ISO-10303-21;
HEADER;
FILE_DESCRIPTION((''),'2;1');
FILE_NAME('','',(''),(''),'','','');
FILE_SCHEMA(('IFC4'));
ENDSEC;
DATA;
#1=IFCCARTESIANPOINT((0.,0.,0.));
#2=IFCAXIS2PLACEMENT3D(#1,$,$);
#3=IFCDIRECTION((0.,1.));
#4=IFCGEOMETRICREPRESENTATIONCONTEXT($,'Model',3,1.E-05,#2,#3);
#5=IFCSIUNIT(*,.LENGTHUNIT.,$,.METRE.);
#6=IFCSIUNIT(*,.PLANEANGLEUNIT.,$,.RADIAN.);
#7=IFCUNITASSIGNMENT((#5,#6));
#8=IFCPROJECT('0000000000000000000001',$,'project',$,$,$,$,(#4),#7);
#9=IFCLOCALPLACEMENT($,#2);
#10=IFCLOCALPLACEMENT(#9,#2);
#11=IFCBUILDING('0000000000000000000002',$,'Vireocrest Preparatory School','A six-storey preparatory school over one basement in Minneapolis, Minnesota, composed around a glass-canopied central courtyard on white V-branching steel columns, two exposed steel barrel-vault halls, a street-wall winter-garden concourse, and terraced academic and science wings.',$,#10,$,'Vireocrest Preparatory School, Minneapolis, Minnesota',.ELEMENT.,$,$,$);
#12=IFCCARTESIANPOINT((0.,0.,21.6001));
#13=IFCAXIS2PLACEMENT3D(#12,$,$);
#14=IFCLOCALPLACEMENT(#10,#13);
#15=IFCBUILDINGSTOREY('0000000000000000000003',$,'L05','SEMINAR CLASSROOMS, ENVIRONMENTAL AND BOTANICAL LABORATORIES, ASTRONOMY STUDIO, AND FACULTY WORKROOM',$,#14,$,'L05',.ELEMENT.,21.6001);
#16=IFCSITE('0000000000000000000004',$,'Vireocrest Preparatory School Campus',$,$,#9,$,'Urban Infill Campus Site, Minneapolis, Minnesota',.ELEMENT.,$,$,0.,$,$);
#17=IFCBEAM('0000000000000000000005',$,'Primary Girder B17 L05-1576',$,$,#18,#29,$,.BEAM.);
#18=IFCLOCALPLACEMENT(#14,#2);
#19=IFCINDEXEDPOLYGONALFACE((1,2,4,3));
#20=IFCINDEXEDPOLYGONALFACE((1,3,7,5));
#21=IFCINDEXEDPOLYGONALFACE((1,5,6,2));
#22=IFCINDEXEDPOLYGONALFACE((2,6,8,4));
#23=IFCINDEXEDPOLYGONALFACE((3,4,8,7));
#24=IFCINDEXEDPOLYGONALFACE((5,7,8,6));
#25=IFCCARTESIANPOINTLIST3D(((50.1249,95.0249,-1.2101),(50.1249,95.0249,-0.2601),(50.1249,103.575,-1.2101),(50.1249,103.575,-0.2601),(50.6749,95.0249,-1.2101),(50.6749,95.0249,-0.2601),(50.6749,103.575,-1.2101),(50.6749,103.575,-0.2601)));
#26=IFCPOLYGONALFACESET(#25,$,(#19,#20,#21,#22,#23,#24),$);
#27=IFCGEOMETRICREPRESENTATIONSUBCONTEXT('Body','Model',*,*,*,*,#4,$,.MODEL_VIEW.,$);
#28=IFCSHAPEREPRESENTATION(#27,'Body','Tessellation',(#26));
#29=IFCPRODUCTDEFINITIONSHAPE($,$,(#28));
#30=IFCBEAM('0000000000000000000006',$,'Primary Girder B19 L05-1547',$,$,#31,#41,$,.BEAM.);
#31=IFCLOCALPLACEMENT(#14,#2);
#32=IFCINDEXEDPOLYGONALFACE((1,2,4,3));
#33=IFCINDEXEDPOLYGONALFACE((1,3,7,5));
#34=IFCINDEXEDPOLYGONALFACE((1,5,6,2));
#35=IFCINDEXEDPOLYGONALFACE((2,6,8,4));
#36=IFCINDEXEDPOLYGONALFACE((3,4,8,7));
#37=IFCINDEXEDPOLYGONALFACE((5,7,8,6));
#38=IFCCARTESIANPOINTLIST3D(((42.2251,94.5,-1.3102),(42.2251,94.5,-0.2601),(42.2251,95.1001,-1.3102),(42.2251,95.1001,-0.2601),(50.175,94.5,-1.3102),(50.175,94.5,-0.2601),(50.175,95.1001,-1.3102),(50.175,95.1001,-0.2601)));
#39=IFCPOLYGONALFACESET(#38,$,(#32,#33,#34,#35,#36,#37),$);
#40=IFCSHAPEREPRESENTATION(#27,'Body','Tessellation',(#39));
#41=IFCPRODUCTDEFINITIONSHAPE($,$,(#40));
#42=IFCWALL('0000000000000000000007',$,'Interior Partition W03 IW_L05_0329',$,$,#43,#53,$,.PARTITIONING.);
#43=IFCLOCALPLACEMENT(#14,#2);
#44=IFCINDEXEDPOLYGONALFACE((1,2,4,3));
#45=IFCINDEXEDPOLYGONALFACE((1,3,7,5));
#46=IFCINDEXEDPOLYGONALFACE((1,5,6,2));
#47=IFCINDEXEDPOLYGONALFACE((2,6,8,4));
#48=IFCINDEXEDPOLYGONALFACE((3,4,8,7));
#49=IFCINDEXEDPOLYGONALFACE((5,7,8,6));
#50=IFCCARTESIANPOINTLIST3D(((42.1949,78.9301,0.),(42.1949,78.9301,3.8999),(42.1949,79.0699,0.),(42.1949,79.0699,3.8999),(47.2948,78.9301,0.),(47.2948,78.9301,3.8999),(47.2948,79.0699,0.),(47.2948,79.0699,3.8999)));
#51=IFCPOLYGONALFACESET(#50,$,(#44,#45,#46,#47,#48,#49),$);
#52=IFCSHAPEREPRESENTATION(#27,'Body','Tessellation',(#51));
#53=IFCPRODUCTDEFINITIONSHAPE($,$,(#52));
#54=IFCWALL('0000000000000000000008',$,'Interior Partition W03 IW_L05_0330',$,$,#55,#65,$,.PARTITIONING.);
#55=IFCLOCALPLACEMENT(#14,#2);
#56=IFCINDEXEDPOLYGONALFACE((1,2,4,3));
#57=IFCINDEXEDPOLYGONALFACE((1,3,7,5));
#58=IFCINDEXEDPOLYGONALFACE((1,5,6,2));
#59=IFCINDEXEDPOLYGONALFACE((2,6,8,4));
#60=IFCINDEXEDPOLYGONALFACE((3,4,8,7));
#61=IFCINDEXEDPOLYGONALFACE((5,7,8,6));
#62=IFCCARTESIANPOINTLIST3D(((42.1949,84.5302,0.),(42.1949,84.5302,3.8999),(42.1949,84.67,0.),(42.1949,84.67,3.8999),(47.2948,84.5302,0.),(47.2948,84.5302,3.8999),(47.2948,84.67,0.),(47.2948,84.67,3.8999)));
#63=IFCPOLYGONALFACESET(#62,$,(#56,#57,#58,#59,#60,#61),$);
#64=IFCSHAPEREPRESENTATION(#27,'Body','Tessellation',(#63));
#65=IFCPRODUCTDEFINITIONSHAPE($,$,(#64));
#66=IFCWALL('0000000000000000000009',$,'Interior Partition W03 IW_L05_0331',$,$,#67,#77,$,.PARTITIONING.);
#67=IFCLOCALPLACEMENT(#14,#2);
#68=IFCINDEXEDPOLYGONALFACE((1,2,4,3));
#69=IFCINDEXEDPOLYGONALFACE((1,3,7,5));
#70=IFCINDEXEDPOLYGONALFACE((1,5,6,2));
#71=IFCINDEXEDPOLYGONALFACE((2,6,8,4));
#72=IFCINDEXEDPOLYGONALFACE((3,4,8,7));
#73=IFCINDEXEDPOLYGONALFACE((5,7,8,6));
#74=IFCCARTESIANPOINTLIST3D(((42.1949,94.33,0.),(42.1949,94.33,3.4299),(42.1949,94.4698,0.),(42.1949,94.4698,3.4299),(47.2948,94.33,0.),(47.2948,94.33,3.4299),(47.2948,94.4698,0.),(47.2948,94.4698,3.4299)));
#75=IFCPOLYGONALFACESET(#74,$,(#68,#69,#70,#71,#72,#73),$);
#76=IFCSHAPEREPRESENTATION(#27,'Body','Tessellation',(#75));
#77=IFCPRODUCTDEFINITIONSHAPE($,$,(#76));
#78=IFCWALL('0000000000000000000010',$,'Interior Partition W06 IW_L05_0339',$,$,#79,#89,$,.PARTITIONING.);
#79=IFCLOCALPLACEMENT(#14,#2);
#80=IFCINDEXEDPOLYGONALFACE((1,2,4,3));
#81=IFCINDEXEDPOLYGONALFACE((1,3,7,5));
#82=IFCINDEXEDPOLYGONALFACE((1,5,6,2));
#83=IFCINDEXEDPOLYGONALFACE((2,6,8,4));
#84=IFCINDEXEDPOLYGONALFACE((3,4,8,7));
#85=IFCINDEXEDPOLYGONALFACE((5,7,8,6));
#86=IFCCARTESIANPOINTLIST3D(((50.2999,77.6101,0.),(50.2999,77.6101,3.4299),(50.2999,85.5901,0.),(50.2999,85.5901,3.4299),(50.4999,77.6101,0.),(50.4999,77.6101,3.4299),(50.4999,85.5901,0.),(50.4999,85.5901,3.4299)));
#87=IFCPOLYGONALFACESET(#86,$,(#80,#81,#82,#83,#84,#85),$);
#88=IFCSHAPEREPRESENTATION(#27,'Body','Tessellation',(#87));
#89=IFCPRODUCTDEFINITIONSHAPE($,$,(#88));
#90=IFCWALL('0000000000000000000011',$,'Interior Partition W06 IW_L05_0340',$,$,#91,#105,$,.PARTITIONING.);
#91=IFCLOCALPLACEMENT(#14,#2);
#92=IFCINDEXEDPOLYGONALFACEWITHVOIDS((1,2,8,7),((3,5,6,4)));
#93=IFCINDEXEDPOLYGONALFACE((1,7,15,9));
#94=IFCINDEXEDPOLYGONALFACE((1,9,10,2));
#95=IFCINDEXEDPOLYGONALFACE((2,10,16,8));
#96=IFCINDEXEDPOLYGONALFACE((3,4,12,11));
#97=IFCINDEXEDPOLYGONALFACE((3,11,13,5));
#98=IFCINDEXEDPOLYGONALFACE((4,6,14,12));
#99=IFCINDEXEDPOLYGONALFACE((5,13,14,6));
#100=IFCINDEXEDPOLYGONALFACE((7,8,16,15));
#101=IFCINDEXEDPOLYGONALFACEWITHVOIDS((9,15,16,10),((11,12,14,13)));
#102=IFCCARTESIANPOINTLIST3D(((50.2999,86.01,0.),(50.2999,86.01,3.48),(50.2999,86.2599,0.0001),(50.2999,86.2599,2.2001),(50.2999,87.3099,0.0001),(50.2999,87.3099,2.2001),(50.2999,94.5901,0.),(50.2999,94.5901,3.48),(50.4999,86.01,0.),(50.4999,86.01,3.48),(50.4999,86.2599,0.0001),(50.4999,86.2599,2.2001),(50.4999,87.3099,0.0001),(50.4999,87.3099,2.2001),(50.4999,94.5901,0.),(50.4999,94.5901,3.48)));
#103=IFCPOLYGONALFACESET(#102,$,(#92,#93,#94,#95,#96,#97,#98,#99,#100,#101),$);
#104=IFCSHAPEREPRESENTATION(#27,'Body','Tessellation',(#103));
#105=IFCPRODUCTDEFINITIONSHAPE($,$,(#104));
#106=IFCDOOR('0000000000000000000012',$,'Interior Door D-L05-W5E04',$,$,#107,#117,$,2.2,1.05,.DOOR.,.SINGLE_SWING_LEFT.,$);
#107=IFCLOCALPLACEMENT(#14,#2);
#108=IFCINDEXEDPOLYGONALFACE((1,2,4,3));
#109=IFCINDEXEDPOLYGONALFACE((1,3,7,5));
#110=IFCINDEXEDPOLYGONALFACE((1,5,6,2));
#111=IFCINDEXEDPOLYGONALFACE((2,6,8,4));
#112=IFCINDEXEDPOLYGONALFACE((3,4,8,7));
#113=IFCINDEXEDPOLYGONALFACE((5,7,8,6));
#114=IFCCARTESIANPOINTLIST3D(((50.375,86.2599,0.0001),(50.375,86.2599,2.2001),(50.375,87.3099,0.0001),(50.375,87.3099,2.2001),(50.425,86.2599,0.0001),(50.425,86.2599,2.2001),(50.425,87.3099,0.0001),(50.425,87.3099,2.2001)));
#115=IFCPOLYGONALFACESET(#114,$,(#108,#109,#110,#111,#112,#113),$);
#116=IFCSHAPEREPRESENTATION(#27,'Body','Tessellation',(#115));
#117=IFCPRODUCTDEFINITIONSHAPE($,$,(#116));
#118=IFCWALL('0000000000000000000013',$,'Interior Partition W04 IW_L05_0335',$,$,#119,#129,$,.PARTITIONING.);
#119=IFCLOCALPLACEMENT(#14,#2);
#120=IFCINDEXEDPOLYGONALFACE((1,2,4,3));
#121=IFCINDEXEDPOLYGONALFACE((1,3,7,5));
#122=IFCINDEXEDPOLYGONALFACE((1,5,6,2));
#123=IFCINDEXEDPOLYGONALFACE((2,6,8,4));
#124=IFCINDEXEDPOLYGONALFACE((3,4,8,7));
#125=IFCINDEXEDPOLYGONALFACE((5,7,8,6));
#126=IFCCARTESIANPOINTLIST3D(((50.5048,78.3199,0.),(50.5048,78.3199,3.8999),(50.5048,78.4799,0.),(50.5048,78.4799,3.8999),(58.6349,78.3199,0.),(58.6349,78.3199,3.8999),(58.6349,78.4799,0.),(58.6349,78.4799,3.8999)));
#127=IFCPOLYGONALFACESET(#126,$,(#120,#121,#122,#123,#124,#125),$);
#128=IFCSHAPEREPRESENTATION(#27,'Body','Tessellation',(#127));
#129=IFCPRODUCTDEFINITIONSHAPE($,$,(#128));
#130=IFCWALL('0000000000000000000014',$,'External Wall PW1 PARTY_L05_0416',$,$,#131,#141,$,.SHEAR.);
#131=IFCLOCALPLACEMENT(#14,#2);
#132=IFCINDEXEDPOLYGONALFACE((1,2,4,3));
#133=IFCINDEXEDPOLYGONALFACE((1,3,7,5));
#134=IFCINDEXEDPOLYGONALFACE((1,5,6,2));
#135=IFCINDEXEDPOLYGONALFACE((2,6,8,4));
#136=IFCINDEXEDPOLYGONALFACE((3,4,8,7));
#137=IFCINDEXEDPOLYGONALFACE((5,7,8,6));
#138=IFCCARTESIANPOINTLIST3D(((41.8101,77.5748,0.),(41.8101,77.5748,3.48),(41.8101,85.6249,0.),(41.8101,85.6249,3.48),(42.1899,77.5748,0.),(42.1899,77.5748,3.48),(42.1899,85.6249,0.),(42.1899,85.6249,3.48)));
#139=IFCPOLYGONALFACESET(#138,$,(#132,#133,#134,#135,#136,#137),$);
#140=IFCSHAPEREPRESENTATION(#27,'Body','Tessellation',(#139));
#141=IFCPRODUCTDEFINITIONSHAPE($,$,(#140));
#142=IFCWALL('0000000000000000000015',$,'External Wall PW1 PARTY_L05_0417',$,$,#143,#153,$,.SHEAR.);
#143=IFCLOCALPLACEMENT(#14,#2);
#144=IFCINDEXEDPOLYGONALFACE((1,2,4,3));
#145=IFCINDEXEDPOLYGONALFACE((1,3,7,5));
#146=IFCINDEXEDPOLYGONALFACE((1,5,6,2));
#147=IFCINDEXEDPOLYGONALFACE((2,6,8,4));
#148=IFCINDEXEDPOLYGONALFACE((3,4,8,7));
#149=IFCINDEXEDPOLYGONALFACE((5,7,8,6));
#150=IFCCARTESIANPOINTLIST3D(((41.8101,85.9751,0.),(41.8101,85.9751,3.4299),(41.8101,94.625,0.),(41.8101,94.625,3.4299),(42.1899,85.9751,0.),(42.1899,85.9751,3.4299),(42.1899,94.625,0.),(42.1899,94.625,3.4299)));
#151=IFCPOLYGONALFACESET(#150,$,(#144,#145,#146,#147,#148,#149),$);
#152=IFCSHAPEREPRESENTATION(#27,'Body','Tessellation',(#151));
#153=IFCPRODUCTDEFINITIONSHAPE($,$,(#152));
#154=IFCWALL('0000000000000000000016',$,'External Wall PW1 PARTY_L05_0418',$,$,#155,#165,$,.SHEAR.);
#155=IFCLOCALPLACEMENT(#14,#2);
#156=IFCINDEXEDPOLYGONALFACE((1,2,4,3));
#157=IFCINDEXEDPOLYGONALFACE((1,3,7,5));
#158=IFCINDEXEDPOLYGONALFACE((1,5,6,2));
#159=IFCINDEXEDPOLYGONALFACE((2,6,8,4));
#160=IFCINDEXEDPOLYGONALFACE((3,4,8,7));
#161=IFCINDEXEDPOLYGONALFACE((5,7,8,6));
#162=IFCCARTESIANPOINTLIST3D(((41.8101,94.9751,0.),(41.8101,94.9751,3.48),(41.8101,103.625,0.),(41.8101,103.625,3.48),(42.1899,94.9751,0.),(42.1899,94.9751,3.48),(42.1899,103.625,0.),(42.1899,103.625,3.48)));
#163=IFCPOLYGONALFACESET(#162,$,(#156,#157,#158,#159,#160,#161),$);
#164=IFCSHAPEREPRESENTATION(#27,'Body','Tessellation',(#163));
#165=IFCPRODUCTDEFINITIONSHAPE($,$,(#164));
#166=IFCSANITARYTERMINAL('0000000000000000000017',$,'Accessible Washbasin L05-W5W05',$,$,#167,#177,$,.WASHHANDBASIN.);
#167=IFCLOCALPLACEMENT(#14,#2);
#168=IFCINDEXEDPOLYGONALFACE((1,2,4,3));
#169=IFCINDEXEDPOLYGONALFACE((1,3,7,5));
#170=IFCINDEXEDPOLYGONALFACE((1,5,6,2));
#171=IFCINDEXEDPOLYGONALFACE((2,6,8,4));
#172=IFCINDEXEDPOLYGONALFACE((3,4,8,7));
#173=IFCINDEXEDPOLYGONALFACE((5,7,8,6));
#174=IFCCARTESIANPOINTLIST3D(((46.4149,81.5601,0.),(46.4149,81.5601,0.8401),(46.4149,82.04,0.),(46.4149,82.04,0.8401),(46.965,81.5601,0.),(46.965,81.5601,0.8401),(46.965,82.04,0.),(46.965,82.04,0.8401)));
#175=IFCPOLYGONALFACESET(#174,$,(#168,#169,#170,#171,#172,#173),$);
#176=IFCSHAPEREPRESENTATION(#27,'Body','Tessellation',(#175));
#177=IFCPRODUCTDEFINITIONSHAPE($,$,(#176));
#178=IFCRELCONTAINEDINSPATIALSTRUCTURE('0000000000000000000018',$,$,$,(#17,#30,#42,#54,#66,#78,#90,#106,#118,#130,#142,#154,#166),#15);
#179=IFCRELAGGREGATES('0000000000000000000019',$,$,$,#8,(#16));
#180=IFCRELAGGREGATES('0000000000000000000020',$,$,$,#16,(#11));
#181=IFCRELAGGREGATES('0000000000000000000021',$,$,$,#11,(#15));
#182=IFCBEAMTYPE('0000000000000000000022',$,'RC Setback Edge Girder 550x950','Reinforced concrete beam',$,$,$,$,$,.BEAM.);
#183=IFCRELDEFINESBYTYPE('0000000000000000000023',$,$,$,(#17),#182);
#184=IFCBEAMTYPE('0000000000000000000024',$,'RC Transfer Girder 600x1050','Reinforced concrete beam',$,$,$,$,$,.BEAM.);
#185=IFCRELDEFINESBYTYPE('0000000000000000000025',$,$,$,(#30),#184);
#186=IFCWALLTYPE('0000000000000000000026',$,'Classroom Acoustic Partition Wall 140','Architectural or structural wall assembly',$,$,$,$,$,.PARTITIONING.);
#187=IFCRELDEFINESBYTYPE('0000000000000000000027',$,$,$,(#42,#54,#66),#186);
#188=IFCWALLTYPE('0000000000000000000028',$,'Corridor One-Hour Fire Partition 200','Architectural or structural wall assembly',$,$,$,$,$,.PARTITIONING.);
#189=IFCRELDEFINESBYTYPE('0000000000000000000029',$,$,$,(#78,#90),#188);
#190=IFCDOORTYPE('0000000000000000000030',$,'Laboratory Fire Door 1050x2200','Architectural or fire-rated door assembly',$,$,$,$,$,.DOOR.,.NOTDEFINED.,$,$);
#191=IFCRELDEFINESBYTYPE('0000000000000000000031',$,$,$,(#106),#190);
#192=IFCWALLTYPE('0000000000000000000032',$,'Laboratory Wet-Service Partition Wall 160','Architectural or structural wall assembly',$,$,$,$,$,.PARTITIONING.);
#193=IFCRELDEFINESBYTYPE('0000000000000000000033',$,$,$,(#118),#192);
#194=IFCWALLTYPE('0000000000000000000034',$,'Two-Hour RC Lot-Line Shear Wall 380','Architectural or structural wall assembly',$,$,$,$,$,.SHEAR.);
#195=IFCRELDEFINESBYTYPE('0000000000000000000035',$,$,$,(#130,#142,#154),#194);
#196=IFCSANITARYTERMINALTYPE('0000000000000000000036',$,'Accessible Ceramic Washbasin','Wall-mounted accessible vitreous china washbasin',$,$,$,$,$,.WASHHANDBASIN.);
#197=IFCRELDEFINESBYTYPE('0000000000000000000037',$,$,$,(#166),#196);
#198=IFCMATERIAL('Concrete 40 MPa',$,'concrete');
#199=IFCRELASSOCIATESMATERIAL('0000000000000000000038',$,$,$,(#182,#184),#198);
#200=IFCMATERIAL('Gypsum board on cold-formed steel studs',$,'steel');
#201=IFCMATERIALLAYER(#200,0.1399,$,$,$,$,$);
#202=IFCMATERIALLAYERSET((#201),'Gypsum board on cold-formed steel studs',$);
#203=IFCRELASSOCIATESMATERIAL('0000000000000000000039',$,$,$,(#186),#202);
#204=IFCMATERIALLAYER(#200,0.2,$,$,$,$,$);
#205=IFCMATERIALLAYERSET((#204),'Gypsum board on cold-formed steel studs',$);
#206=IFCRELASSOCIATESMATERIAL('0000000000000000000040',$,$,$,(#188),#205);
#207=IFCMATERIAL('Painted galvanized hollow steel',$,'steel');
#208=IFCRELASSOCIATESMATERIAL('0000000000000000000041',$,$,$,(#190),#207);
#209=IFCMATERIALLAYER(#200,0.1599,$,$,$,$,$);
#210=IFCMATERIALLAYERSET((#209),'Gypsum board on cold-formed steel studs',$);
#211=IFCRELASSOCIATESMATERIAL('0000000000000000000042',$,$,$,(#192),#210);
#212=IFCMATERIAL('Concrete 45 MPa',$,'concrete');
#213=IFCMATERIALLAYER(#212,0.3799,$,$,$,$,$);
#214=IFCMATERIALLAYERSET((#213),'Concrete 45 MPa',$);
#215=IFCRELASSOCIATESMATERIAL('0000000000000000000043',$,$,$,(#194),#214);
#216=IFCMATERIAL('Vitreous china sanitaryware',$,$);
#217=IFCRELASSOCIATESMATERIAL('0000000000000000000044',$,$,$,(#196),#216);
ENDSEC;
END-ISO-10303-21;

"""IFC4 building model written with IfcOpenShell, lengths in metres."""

from ifc_helpers import new_model, si_unit, direction, frame, frame_2d, origin, origin_2d, place, context, subcontext, project, spatial, rectangle, extrude, material, layer, layer_set, material_profile, profile_set, type_object, element, fill, save


model = new_model("IFC4")

# Units and contexts
model_context = context("Model", 3, precision=1e-05, world=origin(), true_north=direction((0.0, 1.0)))
body_context = subcontext(model_context, "Body", "Model", "MODEL_VIEW")
ifc_project = project(units=[si_unit("LENGTHUNIT", "METRE"), si_unit("PLANEANGLEUNIT", "RADIAN")], contexts=[model_context])

# Site, building, storey
site_placement = place(None, origin())
site = spatial("IfcSite", under=ifc_project, at=site_placement, Name="Vireocrest Preparatory School Campus", LongName="Urban Infill Campus Site, Minneapolis, Minnesota", CompositionType="ELEMENT", RefElevation=0.0)
building_placement = place(site_placement, origin())
building = spatial("IfcBuilding", under=site, at=building_placement, Name="Vireocrest Preparatory School", Description="A six-storey preparatory school over one basement in Minneapolis, Minnesota, composed around a glass-canopied central courtyard on white V-branching steel columns, two exposed steel barrel-vault halls, a street-wall winter-garden concourse, and terraced academic and science wings.", LongName="Vireocrest Preparatory School, Minneapolis, Minnesota", CompositionType="ELEMENT")
storey_placement = place(building_placement, frame((0.0, 0.0, 21.6001)))
storey = spatial("IfcBuildingStorey", under=building, at=storey_placement, Name="L05", Description="SEMINAR CLASSROOMS, ENVIRONMENTAL AND BOTANICAL LABORATORIES, ASTRONOMY STUDIO, AND FACULTY WORKROOM", LongName="L05", CompositionType="ELEMENT", Elevation=21.6001)

# Shared definitions
ifc_material_1 = material(Name="Concrete 45 MPa", Category="concrete")

# Beams
ifc_material_2 = material(Name="Concrete 40 MPa", Category="concrete")
ifc_material_profile_1 = material_profile(ifc_material_2, rectangle(XDim=0.55, YDim=0.95, at=origin_2d()), Name="RC 550x950")
ifc_profile_set_1 = profile_set([ifc_material_profile_1], Name="Concrete 40 MPa")
beam_type_1 = type_object("IfcBeamType", Name="RC Setback Edge Girder 550x950", Description="Reinforced concrete beam", PredefinedType="BEAM", material=ifc_profile_set_1)
beam_1_placement = place(storey_placement, frame((50.3999, 95.0249, -0.7351), z_axis=(0.0, 1.0, 0.0), x_axis=(-1.0, 0.0, 0.0)))
element("IfcBeam", 1, at=beam_1_placement, inside=storey, type_object=beam_type_1, Name="Primary Girder B17 L05-1576", PredefinedType="BEAM", context=body_context, shape_type="SweptSolid", body=[
    extrude(rectangle(XDim=0.55, YDim=0.95, at=origin_2d()), origin(), (0.0, 0.0, 1.0), 8.55),
])
ifc_material_profile_2 = material_profile(ifc_material_2, rectangle(XDim=0.6001, YDim=1.05, at=origin_2d()), Name="RC 600x1050")
ifc_profile_set_2 = profile_set([ifc_material_profile_2], Name="Concrete 40 MPa")
beam_type_2 = type_object("IfcBeamType", Name="RC Transfer Girder 600x1050", Description="Reinforced concrete beam", PredefinedType="BEAM", material=ifc_profile_set_2)
beam_2_placement = place(storey_placement, frame((42.2251, 94.8, -0.7852), z_axis=(1.0, 0.0, 0.0), x_axis=(0.0, 1.0, 0.0)))
element("IfcBeam", 2, at=beam_2_placement, inside=storey, type_object=beam_type_2, Name="Primary Girder B19 L05-1547", PredefinedType="BEAM", context=body_context, shape_type="SweptSolid", body=[
    extrude(rectangle(XDim=0.6001, YDim=1.05, at=origin_2d()), origin(), (0.0, 0.0, 1.0), 7.95),
])

# Walls
ifc_material_3 = material(Name="Gypsum board on cold-formed steel studs", Category="steel")
ifc_layer_1 = layer(ifc_material_3, 0.1399)
ifc_layer_set_1 = layer_set([ifc_layer_1], Name="Gypsum board on cold-formed steel studs")
wall_type_1 = type_object("IfcWallType", Name="Classroom Acoustic Partition Wall 140", Description="Architectural or structural wall assembly", PredefinedType="PARTITIONING", material=ifc_layer_set_1)
for number, where, z_axis, x_axis, name in (
    (3, (42.1951, 79.0, 0.0), (0.0, 0.0, 1.0), (1.0, 0.0, 0.0), "Interior Partition W03 IW_L05_0329"),
    (4, (42.1951, 84.6001, 0.0), (0.0, 0.0, 1.0), (1.0, 0.0, 0.0), "Interior Partition W03 IW_L05_0330"),
):
    element("IfcWall", number, at=place(storey_placement, frame(where, z_axis=z_axis, x_axis=x_axis)), inside=storey, type_object=wall_type_1, Name=name, PredefinedType="PARTITIONING", context=body_context, shape_type="SweptSolid", body=[
        extrude(rectangle(XDim=5.0999, YDim=0.1399, at=frame_2d((2.5498, 0.0))), origin(), (0.0, 0.0, 1.0), 3.8999),
    ])
wall_1_placement = place(storey_placement, frame((42.1951, 94.3999, 0.0), z_axis=(0.0, 0.0, 1.0), x_axis=(1.0, 0.0, 0.0)))
element("IfcWall", 5, at=wall_1_placement, inside=storey, type_object=wall_type_1, Name="Interior Partition W03 IW_L05_0331", PredefinedType="PARTITIONING", context=body_context, shape_type="SweptSolid", body=[
    extrude(rectangle(XDim=5.0999, YDim=0.1399, at=frame_2d((2.5498, 0.0))), origin(), (0.0, 0.0, 1.0), 3.4299),
])
ifc_layer_2 = layer(ifc_material_3, 0.2)
ifc_layer_set_2 = layer_set([ifc_layer_2], Name="Gypsum board on cold-formed steel studs")
wall_type_2 = type_object("IfcWallType", Name="Corridor One-Hour Fire Partition 200", Description="Architectural or structural wall assembly", PredefinedType="PARTITIONING", material=ifc_layer_set_2)
wall_2_placement = place(storey_placement, frame((50.3999, 77.6101, 0.0), z_axis=(0.0, 0.0, 1.0), x_axis=(0.0, 1.0, 0.0)))
element("IfcWall", 6, at=wall_2_placement, inside=storey, type_object=wall_type_2, Name="Interior Partition W06 IW_L05_0339", PredefinedType="PARTITIONING", context=body_context, shape_type="SweptSolid", body=[
    extrude(rectangle(XDim=7.98, YDim=0.2, at=frame_2d((3.99, 0.0))), origin(), (0.0, 0.0, 1.0), 3.4299),
])

# Wall, opening, door
wall_3_placement = place(storey_placement, frame((50.3999, 86.01, 0.0), z_axis=(0.0, 0.0, 1.0), x_axis=(0.0, 1.0, 0.0)))
wall_3 = element("IfcWall", 7, at=wall_3_placement, inside=storey, type_object=wall_type_2, Name="Interior Partition W06 IW_L05_0340", PredefinedType="PARTITIONING", context=body_context, shape_type="SweptSolid", body=[
    extrude(rectangle(XDim=8.5801, YDim=0.2, at=frame_2d((4.29, 0.0))), origin(), (0.0, 0.0, 1.0), 3.48),
])
opening_placement = place(wall_3_placement, frame((0.25, 0.0, 0.0)))
opening = element("IfcOpeningElement", 8, at=opening_placement, cuts=wall_3, PredefinedType="OPENING", context=body_context, shape_type="SweptSolid", body=[
    extrude(rectangle(XDim=1.05, YDim=2.2, at=frame_2d((0.5249, 1.1001))), frame((0.0, 0.1099, 0.0), z_axis=(0.0, -1.0, 0.0), x_axis=(1.0, 0.0, 0.0)), (0.0, 0.0, 1.0), 0.22),
])
ifc_material_4 = material(Name="Painted galvanized hollow steel", Category="steel")
door_type = type_object("IfcDoorType", Name="Laboratory Fire Door 1050x2200", Description="Architectural or fire-rated door assembly", OperationType="NOTDEFINED", PredefinedType="DOOR", material=ifc_material_4)
door_placement = place(opening_placement, origin())
door = element("IfcDoor", 9, at=door_placement, inside=storey, type_object=door_type, Name="Interior Door D-L05-W5E04", OperationType="SINGLE_SWING_LEFT", OverallHeight=2.2, OverallWidth=1.05, PredefinedType="DOOR", context=body_context, shape_type="SweptSolid", body=[
    extrude(rectangle(XDim=1.05, YDim=2.2, at=frame_2d((0.5249, 1.1001))), frame((0.0, 0.0249, 0.0), z_axis=(0.0, -1.0, 0.0), x_axis=(1.0, 0.0, 0.0)), (0.0, 0.0, 1.0), 0.05),
])
fill(opening, door)

# Walls
ifc_layer_3 = layer(ifc_material_3, 0.1599)
ifc_layer_set_3 = layer_set([ifc_layer_3], Name="Gypsum board on cold-formed steel studs")
wall_type_3 = type_object("IfcWallType", Name="Laboratory Wet-Service Partition Wall 160", Description="Architectural or structural wall assembly", PredefinedType="PARTITIONING", material=ifc_layer_set_3)
wall_4_placement = place(storey_placement, frame((50.5049, 78.3999, 0.0), z_axis=(0.0, 0.0, 1.0), x_axis=(1.0, 0.0, 0.0)))
element("IfcWall", 10, at=wall_4_placement, inside=storey, type_object=wall_type_3, Name="Interior Partition W04 IW_L05_0335", PredefinedType="PARTITIONING", context=body_context, shape_type="SweptSolid", body=[
    extrude(rectangle(XDim=8.1301, YDim=0.1599, at=frame_2d((4.0649, 0.0))), origin(), (0.0, 0.0, 1.0), 3.8999),
])
ifc_layer_4 = layer(ifc_material_1, 0.3799)
ifc_layer_set_4 = layer_set([ifc_layer_4], Name="Concrete 45 MPa")
wall_type_4 = type_object("IfcWallType", Name="Two-Hour RC Lot-Line Shear Wall 380", Description="Architectural or structural wall assembly", PredefinedType="SHEAR", material=ifc_layer_set_4)
wall_5_placement = place(storey_placement, frame((42.0, 77.575, 0.0), z_axis=(0.0, 0.0, 1.0), x_axis=(0.0, 1.0, 0.0)))
element("IfcWall", 11, at=wall_5_placement, inside=storey, type_object=wall_type_4, Name="External Wall PW1 PARTY_L05_0416", PredefinedType="SHEAR", context=body_context, shape_type="SweptSolid", body=[
    extrude(rectangle(XDim=8.05, YDim=0.3799, at=frame_2d((4.0249, 0.0))), origin(), (0.0, 0.0, 1.0), 3.48),
])
wall_6_placement = place(storey_placement, frame((42.0, 85.9751, 0.0), z_axis=(0.0, 0.0, 1.0), x_axis=(0.0, 1.0, 0.0)))
element("IfcWall", 12, at=wall_6_placement, inside=storey, type_object=wall_type_4, Name="External Wall PW1 PARTY_L05_0417", PredefinedType="SHEAR", context=body_context, shape_type="SweptSolid", body=[
    extrude(rectangle(XDim=8.6499, YDim=0.3799, at=frame_2d((4.325, 0.0))), origin(), (0.0, 0.0, 1.0), 3.4299),
])
wall_7_placement = place(storey_placement, frame((42.0, 94.9751, 0.0), z_axis=(0.0, 0.0, 1.0), x_axis=(0.0, 1.0, 0.0)))
element("IfcWall", 13, at=wall_7_placement, inside=storey, type_object=wall_type_4, Name="External Wall PW1 PARTY_L05_0418", PredefinedType="SHEAR", context=body_context, shape_type="SweptSolid", body=[
    extrude(rectangle(XDim=8.6499, YDim=0.3799, at=frame_2d((4.325, 0.0))), origin(), (0.0, 0.0, 1.0), 3.48),
])

# Sanitary terminal
ifc_material_5 = material(Name="Vitreous china sanitaryware")
sanitary_terminal_type_1 = type_object("IfcSanitaryTerminalType", Name="Accessible Ceramic Washbasin", Description="Wall-mounted accessible vitreous china washbasin", PredefinedType="WASHHANDBASIN", material=ifc_material_5)
sanitary_terminal_1_placement = place(storey_placement, frame((46.6899, 81.8, 0.0), z_axis=(0.0, 0.0, 1.0), x_axis=(1.0, 0.0, 0.0)))
element("IfcSanitaryTerminal", 14, at=sanitary_terminal_1_placement, inside=storey, type_object=sanitary_terminal_type_1, Name="Accessible Washbasin L05-W5W05", PredefinedType="WASHHANDBASIN", context=body_context, shape_type="SweptSolid", body=[
    extrude(rectangle(XDim=0.55, YDim=0.48, at=origin_2d()), origin(), (0.0, 0.0, 1.0), 0.8401),
])

save(model, "model.ifc")
